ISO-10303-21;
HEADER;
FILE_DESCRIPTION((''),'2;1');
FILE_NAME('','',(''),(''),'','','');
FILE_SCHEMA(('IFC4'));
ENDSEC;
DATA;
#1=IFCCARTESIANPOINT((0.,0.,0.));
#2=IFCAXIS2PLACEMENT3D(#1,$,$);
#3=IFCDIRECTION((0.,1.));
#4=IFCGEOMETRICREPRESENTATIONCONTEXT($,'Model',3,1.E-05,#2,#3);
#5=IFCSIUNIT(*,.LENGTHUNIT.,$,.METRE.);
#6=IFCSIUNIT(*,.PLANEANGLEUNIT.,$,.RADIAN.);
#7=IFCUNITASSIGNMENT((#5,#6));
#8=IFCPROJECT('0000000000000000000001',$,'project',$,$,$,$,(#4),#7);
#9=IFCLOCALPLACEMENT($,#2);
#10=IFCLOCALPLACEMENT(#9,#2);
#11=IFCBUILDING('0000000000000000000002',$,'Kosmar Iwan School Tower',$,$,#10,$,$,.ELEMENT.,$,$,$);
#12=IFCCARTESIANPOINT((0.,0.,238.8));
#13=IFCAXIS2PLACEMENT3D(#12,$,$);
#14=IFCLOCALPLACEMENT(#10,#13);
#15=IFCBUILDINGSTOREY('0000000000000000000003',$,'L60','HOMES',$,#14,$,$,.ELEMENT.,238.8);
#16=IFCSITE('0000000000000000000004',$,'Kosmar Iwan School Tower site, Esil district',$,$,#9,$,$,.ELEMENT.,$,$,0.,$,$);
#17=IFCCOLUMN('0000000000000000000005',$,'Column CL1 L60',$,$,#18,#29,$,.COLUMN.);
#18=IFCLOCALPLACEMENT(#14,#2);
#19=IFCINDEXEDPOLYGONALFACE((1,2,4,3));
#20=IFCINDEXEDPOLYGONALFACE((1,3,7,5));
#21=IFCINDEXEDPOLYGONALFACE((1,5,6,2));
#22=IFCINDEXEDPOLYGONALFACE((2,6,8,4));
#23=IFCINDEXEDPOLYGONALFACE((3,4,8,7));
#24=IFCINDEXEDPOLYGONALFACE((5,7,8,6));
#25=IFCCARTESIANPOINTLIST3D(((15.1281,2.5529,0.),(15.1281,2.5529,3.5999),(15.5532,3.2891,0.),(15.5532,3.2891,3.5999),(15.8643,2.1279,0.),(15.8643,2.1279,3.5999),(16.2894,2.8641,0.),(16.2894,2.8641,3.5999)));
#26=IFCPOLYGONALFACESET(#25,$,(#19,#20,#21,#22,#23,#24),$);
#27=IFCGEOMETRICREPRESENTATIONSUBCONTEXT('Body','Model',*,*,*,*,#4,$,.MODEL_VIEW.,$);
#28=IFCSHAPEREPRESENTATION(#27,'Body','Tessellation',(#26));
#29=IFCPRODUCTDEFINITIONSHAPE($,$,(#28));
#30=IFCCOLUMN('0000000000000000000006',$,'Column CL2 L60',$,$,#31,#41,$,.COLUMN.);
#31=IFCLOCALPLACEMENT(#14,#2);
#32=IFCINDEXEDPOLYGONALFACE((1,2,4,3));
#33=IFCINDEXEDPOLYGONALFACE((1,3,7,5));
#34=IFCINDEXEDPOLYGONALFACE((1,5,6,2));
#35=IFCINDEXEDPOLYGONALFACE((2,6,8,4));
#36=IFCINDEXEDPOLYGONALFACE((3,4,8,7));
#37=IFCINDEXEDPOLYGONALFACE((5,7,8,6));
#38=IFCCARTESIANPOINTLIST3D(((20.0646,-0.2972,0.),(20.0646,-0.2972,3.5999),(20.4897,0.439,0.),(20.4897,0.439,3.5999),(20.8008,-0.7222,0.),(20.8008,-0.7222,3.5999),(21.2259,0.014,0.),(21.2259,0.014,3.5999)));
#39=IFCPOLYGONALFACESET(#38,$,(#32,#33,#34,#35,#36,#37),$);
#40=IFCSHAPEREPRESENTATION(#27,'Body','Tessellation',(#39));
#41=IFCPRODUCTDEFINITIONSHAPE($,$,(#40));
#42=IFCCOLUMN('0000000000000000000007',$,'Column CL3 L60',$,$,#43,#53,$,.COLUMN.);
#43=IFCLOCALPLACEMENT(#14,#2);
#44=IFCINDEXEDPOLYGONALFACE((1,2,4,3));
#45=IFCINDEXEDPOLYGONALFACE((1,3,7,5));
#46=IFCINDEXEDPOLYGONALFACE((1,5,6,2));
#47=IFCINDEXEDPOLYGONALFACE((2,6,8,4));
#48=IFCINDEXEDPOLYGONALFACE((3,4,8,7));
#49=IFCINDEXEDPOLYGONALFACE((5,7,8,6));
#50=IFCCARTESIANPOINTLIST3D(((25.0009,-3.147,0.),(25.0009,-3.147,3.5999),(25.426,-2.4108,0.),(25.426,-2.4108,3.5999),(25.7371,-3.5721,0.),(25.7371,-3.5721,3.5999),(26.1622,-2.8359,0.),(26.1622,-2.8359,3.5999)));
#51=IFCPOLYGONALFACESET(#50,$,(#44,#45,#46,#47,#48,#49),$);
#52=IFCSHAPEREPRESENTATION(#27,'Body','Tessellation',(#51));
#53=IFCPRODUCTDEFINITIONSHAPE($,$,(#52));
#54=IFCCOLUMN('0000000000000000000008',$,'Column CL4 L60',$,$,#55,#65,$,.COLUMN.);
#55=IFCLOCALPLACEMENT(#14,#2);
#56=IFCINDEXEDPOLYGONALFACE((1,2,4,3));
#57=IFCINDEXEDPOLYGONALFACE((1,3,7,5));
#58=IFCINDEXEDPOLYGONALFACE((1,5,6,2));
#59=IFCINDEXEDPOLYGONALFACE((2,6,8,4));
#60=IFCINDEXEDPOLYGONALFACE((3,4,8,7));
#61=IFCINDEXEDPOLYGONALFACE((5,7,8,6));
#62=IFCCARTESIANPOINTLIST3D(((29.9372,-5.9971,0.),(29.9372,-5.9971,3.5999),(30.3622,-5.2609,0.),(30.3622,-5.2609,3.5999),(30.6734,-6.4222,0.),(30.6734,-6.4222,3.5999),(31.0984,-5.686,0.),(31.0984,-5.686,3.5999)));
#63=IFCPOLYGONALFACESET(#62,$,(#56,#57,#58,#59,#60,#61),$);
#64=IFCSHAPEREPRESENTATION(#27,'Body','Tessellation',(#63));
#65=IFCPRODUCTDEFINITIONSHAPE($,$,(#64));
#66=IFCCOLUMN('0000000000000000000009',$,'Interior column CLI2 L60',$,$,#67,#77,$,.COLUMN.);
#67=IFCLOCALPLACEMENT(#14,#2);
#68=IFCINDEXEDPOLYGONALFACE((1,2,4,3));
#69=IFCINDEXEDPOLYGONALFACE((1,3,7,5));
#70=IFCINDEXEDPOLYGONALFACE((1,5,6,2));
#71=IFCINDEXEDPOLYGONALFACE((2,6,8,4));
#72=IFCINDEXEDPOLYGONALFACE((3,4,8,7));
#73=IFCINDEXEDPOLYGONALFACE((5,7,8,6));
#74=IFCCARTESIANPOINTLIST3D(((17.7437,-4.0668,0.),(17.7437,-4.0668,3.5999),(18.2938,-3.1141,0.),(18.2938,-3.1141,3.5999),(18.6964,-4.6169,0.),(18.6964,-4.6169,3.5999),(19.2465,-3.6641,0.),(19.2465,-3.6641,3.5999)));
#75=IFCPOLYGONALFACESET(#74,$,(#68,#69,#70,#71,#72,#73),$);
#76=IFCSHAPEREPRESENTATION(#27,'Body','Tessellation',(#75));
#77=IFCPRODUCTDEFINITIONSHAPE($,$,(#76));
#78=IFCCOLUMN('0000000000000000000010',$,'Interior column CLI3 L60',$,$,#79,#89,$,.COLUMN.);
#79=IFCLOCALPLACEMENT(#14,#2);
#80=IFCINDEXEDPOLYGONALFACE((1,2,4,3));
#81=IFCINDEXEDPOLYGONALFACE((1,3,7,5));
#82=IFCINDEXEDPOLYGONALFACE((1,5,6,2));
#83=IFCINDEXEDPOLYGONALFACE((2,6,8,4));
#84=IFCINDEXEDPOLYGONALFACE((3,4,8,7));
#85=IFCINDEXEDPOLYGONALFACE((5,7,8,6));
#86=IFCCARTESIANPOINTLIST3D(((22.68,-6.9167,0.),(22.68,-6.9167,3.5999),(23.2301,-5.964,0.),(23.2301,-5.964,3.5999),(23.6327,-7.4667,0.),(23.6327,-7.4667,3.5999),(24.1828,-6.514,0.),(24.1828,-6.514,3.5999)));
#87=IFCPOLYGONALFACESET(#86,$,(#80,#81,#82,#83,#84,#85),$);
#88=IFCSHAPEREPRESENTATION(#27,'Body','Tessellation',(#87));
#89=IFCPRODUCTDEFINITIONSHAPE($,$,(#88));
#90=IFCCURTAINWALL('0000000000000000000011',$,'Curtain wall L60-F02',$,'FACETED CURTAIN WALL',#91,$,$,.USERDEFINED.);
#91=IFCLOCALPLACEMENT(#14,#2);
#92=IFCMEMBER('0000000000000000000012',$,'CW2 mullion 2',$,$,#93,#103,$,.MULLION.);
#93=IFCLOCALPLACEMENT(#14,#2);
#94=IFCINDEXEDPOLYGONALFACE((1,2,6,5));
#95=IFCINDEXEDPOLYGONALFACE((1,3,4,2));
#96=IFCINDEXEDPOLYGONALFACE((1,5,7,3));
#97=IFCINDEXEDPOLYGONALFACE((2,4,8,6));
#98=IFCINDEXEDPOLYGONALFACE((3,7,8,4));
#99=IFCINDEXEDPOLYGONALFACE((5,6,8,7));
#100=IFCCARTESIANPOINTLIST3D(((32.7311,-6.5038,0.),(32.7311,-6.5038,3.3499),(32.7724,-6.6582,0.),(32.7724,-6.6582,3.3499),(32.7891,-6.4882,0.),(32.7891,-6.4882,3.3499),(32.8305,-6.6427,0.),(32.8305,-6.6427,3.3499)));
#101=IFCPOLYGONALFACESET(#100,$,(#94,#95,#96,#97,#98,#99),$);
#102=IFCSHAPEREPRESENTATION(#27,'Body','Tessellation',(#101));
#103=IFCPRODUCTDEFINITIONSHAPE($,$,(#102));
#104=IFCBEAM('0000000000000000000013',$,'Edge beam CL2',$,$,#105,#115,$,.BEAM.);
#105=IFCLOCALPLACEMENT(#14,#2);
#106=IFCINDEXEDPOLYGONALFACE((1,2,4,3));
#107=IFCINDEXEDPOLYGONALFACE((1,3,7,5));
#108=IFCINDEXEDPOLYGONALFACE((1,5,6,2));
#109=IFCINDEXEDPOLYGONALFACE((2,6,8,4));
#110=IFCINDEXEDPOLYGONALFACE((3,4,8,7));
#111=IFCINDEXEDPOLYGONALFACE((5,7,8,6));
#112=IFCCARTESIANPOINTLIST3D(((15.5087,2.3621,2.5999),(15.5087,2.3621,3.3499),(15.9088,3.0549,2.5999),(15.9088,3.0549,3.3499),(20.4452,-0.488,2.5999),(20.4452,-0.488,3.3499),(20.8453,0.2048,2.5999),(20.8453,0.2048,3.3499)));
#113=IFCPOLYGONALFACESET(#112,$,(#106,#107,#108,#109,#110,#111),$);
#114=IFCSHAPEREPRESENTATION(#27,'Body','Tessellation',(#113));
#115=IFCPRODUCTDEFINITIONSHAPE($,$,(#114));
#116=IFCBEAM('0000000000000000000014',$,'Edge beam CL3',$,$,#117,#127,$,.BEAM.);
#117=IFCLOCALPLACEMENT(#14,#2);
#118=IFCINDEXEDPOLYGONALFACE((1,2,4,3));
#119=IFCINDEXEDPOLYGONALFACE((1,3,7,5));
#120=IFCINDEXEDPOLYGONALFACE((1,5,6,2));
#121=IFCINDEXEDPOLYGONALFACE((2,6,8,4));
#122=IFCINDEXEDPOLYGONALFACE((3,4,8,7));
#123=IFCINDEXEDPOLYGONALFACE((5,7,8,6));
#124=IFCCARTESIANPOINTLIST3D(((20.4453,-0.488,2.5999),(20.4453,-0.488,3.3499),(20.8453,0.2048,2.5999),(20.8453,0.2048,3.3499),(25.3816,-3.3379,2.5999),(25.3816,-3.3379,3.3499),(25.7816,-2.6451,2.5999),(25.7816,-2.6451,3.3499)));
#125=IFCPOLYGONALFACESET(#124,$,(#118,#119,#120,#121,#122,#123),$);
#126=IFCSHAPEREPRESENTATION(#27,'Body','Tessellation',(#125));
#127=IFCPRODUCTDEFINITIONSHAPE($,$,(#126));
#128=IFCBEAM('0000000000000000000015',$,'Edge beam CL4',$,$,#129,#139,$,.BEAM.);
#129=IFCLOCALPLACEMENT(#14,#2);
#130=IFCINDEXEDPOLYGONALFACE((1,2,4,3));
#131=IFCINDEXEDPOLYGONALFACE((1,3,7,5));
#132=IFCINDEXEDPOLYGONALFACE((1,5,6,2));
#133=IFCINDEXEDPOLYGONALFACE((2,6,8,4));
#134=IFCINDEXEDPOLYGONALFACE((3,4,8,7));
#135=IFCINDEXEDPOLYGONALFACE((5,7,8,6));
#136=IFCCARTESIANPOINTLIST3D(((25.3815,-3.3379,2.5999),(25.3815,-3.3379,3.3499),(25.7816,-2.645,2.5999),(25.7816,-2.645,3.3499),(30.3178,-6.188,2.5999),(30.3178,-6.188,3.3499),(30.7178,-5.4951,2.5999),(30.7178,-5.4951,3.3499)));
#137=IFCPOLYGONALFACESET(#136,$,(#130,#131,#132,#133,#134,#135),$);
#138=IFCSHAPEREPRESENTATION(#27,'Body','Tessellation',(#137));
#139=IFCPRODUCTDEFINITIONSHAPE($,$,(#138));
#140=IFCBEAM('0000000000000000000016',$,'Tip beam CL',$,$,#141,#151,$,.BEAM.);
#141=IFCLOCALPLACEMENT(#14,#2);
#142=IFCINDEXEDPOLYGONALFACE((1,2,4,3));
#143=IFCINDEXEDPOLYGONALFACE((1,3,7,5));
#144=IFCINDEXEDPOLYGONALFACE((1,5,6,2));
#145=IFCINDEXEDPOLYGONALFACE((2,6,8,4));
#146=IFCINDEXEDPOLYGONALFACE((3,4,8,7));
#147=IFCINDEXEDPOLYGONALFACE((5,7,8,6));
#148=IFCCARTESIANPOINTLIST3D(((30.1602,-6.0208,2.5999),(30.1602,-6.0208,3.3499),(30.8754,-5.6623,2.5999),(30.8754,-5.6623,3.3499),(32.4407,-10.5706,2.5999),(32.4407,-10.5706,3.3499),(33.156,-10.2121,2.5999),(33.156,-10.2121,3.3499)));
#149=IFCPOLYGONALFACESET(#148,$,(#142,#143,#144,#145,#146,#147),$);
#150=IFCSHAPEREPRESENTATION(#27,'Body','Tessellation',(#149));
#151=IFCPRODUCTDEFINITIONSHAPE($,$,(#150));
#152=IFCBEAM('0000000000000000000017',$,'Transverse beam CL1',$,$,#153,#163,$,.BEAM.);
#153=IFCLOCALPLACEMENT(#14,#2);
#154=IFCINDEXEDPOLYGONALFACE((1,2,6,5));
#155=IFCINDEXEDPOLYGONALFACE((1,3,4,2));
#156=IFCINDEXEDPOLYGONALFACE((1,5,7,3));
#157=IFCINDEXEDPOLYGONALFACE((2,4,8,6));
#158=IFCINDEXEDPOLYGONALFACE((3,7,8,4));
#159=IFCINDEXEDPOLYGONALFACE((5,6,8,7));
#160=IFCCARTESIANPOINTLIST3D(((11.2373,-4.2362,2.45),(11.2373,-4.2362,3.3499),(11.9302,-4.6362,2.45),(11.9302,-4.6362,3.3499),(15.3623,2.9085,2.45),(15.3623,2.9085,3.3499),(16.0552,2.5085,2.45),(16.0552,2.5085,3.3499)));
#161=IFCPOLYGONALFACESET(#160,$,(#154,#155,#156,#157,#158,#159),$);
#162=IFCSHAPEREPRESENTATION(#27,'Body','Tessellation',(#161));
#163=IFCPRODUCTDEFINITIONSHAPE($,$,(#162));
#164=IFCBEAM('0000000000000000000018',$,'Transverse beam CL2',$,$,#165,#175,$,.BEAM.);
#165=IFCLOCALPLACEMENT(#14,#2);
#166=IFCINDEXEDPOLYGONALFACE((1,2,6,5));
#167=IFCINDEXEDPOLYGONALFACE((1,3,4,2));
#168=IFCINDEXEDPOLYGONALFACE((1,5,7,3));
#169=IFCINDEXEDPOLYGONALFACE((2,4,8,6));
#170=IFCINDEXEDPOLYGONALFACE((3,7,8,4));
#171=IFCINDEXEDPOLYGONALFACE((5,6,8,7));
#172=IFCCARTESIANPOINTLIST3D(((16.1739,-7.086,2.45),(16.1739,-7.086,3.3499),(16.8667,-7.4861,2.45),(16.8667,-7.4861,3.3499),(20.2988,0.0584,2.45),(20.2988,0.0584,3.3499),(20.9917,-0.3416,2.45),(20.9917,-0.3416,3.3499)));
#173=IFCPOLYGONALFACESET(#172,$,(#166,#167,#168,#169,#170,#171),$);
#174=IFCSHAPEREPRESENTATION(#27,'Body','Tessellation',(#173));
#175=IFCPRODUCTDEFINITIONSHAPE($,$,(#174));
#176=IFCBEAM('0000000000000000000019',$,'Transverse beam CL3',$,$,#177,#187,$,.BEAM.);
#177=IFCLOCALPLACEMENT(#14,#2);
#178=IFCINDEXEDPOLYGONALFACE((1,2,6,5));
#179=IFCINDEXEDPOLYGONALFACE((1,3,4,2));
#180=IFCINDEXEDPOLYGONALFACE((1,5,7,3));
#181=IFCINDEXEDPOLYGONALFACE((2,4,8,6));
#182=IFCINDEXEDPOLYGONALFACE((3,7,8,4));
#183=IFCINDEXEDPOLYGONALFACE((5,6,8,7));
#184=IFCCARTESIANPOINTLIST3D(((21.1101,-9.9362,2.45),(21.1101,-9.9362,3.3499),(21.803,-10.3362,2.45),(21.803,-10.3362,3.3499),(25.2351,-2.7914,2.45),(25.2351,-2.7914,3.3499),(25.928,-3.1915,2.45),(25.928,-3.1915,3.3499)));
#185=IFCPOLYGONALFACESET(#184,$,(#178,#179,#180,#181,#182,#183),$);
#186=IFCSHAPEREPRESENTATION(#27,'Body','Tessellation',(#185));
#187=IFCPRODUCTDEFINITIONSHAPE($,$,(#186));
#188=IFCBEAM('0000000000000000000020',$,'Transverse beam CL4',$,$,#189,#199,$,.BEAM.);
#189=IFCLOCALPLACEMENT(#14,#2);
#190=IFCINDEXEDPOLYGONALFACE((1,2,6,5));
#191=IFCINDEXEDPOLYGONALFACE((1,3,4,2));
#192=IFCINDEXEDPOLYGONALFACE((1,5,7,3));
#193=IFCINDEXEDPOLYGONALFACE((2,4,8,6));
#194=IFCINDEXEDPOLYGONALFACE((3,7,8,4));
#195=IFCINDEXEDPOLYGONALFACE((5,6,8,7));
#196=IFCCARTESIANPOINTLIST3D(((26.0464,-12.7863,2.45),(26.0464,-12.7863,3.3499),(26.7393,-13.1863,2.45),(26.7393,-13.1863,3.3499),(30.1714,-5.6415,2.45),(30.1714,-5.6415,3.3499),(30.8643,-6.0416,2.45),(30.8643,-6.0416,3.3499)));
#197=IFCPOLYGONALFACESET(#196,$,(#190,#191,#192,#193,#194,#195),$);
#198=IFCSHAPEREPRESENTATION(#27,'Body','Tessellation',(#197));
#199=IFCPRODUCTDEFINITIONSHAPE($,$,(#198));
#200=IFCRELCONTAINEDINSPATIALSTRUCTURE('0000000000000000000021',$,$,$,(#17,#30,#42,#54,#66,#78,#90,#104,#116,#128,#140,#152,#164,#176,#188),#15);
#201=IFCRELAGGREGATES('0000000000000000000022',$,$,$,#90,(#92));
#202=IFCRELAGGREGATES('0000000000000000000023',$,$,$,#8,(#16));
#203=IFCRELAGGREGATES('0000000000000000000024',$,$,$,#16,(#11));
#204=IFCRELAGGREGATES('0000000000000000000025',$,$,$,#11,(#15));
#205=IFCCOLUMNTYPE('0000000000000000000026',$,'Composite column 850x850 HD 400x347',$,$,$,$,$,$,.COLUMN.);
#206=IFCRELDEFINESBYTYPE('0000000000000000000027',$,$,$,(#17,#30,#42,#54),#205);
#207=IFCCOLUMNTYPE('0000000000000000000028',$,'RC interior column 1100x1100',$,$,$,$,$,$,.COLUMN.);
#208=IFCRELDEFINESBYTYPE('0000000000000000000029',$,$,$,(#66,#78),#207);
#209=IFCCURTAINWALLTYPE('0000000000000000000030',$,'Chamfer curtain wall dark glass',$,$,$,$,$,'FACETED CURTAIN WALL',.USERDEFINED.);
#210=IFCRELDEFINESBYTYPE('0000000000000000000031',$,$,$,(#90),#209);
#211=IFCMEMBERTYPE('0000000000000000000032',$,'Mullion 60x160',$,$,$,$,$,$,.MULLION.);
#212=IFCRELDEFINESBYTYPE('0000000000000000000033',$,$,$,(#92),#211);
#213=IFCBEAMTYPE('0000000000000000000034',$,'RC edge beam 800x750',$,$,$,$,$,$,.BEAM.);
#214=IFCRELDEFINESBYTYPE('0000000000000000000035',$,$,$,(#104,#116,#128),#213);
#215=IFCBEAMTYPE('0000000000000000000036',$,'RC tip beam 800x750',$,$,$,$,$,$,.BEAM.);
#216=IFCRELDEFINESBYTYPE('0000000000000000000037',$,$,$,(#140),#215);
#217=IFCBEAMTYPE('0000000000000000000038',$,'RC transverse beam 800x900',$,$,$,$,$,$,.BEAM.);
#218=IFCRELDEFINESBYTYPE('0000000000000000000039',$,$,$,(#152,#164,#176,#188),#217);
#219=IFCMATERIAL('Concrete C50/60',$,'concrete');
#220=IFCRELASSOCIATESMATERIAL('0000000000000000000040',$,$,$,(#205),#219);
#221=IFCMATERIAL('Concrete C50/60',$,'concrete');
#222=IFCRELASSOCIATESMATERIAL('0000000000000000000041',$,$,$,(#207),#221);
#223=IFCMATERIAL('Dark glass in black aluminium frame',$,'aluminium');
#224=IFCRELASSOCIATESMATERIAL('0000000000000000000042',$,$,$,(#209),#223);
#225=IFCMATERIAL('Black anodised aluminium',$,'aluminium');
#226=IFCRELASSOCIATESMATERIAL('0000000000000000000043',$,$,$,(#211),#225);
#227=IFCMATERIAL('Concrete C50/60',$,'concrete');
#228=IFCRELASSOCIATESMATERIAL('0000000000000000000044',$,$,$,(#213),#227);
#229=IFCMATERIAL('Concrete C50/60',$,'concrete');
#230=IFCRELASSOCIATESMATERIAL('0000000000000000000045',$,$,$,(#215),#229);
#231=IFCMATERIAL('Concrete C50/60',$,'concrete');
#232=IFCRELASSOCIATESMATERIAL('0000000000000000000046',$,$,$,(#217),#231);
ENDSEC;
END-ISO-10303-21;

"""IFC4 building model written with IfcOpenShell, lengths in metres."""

from ifc_helpers import new_model, si_unit, direction, frame, origin, origin_2d, place, context, subcontext, project, spatial, rectangle, extrude, material, material_profile, profile_set, type_object, element, aggregate, save


model = new_model("IFC4")

# Units and contexts
model_context = context("Model", 3, precision=1e-05, world=origin(), true_north=direction((0.0, 1.0)))
body_context = subcontext(model_context, "Body", "Model", "MODEL_VIEW")
ifc_project = project(units=[si_unit("LENGTHUNIT", "METRE"), si_unit("PLANEANGLEUNIT", "RADIAN")], contexts=[model_context])

# Site, building, storey
site_placement = place(None, origin())
site = spatial("IfcSite", under=ifc_project, at=site_placement, Name="Kosmar Iwan School Tower site, Esil district", CompositionType="ELEMENT", RefElevation=0.0)
building_placement = place(site_placement, origin())
building = spatial("IfcBuilding", under=site, at=building_placement, Name="Kosmar Iwan School Tower", CompositionType="ELEMENT")
storey_placement = place(building_placement, frame((0.0, 0.0, 238.8)))
storey = spatial("IfcBuildingStorey", under=building, at=storey_placement, Name="L60", Description="HOMES", CompositionType="ELEMENT", Elevation=238.8)

# Columns
ifc_material_1 = material(Name="Concrete C50/60", Category="concrete")
ifc_material_profile_1 = material_profile(ifc_material_1, rectangle(XDim=0.8501, YDim=0.8501, at=origin_2d()), Name="RC 850x850 + HD 400x347")
ifc_profile_set_1 = profile_set([ifc_material_profile_1], Name="Concrete C50/60")
column_type_1 = type_object("IfcColumnType", Name="Composite column 850x850 HD 400x347", PredefinedType="COLUMN", material=ifc_profile_set_1)
for number, where, z_axis, x_axis, name in (
    (1, (15.7087, 2.7085, 0.0), (0.0, 0.0, 1.0), (0.866025, -0.5, 0.0), "Column CL1 L60"),
    (2, (20.6453, -0.1416, 0.0), (0.0, 0.0, 1.0), (0.866025, -0.5, 0.0), "Column CL2 L60"),
    (3, (25.5815, -2.9915, 0.0), (0.0, 0.0, 1.0), (0.866025, -0.5, 0.0), "Column CL3 L60"),
    (4, (30.5178, -5.8416, 0.0), (0.0, 0.0, 1.0), (0.866025, -0.5, 0.0), "Column CL4 L60"),
):
    element("IfcColumn", number, at=place(storey_placement, frame(where, z_axis=z_axis, x_axis=x_axis)), inside=storey, type_object=column_type_1, Name=name, PredefinedType="COLUMN", context=body_context, shape_type="SweptSolid", body=[
        extrude(rectangle(XDim=0.8501, YDim=0.8501, at=origin_2d()), origin(), (0.0, 0.0, 1.0), 3.5999),
    ])
ifc_material_2 = material(Name="Concrete C50/60", Category="concrete")
ifc_material_profile_2 = material_profile(ifc_material_2, rectangle(XDim=1.1001, YDim=1.1001, at=origin_2d()), Name="RC 1100x1100")
ifc_profile_set_2 = profile_set([ifc_material_profile_2], Name="Concrete C50/60")
column_type_2 = type_object("IfcColumnType", Name="RC interior column 1100x1100", PredefinedType="COLUMN", material=ifc_profile_set_2)
for number, where, z_axis, x_axis, name in (
    (5, (18.4951, -3.8655, 0.0), (0.0, 0.0, 1.0), (0.866025, -0.5, 0.0), "Interior column CLI2 L60"),
    (6, (23.4314, -6.7153, 0.0), (0.0, 0.0, 1.0), (0.866025, -0.5, 0.0), "Interior column CLI3 L60"),
):
    element("IfcColumn", number, at=place(storey_placement, frame(where, z_axis=z_axis, x_axis=x_axis)), inside=storey, type_object=column_type_2, Name=name, PredefinedType="COLUMN", context=body_context, shape_type="SweptSolid", body=[
        extrude(rectangle(XDim=1.1001, YDim=1.1001, at=origin_2d()), origin(), (0.0, 0.0, 1.0), 3.5999),
    ])

# Curtain wall, member
ifc_material_3 = material(Name="Dark glass in black aluminium frame", Category="aluminium")
curtain_wall_type = type_object("IfcCurtainWallType", Name="Chamfer curtain wall dark glass", ElementType="FACETED CURTAIN WALL", PredefinedType="USERDEFINED", material=ifc_material_3)
curtain_wall_placement = place(storey_placement, origin())
curtain_wall = element("IfcCurtainWall", 7, at=curtain_wall_placement, inside=storey, type_object=curtain_wall_type, Name="Curtain wall L60-F02", ObjectType="FACETED CURTAIN WALL", PredefinedType="USERDEFINED")
ifc_material_4 = material(Name="Black anodised aluminium", Category="aluminium")
ifc_material_profile_3 = material_profile(ifc_material_4, rectangle(XDim=0.0601, YDim=0.1599, at=origin_2d()), Name="MULLION 60x160")
ifc_profile_set_3 = profile_set([ifc_material_profile_3], Name="Black anodised aluminium")
member_type = type_object("IfcMemberType", Name="Mullion 60x160", PredefinedType="MULLION", material=ifc_profile_set_3)
member_placement = place(storey_placement, frame((32.7808, -6.5732, 0.0), z_axis=(0.0, 0.0, 1.0), x_axis=(-0.965926, -0.258819, 0.0)))
member = element("IfcMember", 8, at=member_placement, type_object=member_type, Name="CW2 mullion 2", PredefinedType="MULLION", context=body_context, shape_type="SweptSolid", body=[
    extrude(rectangle(XDim=0.0601, YDim=0.1599, at=origin_2d()), origin(), (0.0, 0.0, 1.0), 3.3499),
])

# Beams
ifc_material_5 = material(Name="Concrete C50/60", Category="concrete")
ifc_material_profile_4 = material_profile(ifc_material_5, rectangle(XDim=0.8, YDim=0.75, at=origin_2d()), Name="RC 800x750")
ifc_profile_set_4 = profile_set([ifc_material_profile_4], Name="Concrete C50/60")
beam_type_1 = type_object("IfcBeamType", Name="RC edge beam 800x750", PredefinedType="BEAM", material=ifc_profile_set_4)
beam_1_placement = place(storey_placement, frame((15.7087, 2.7085, 2.9749), z_axis=(0.866026, -0.499999, 0.0), x_axis=(0.499999, 0.866026, 0.0)))
element("IfcBeam", 9, at=beam_1_placement, inside=storey, type_object=beam_type_1, Name="Edge beam CL2", PredefinedType="BEAM", context=body_context, shape_type="SweptSolid", body=[
    extrude(rectangle(XDim=0.8, YDim=0.75, at=origin_2d()), origin(), (0.0, 0.0, 1.0), 5.7002),
])
for number, where, z_axis, x_axis, name in (
    (10, (20.6453, -0.1416, 2.9749), (0.866034, -0.499986, 0.0), (0.499986, 0.866034, 0.0), "Edge beam CL3"),
    (11, (25.5815, -2.9915, 2.9749), (0.866015, -0.500018, 0.0), (0.500018, 0.866015, 0.0), "Edge beam CL4"),
):
    element("IfcBeam", number, at=place(storey_placement, frame(where, z_axis=z_axis, x_axis=x_axis)), inside=storey, type_object=beam_type_1, Name=name, PredefinedType="BEAM", context=body_context, shape_type="SweptSolid", body=[
        extrude(rectangle(XDim=0.8, YDim=0.75, at=origin_2d()), origin(), (0.0, 0.0, 1.0), 5.7),
    ])
ifc_material_6 = material(Name="Concrete C50/60", Category="concrete")
ifc_material_profile_5 = material_profile(ifc_material_6, rectangle(XDim=0.8, YDim=0.75, at=origin_2d()), Name="RC 800x750")
ifc_profile_set_5 = profile_set([ifc_material_profile_5], Name="Concrete C50/60")
beam_type_2 = type_object("IfcBeamType", Name="RC tip beam 800x750", PredefinedType="BEAM", material=ifc_profile_set_5)
beam_2_placement = place(storey_placement, frame((30.5178, -5.8416, 2.9749), z_axis=(0.448096, -0.893985, 0.0), x_axis=(0.893985, 0.448096, 0.0)))
element("IfcBeam", 12, at=beam_2_placement, inside=storey, type_object=beam_type_2, Name="Tip beam CL", PredefinedType="BEAM", context=body_context, shape_type="SweptSolid", body=[
    extrude(rectangle(XDim=0.8, YDim=0.75, at=origin_2d()), origin(), (0.0, 0.0, 1.0), 5.0894),
])
ifc_material_7 = material(Name="Concrete C50/60", Category="concrete")
ifc_material_profile_6 = material_profile(ifc_material_7, rectangle(XDim=0.8, YDim=0.8999, at=origin_2d()), Name="RC 800x900")
ifc_profile_set_6 = profile_set([ifc_material_profile_6], Name="Concrete C50/60")
beam_type_3 = type_object("IfcBeamType", Name="RC transverse beam 800x900", PredefinedType="BEAM", material=ifc_profile_set_6)
beam_3_placement = place(storey_placement, frame((15.7087, 2.7085, 2.8999), z_axis=(-0.499997, -0.866027, 0.0), x_axis=(0.866027, -0.499997, 0.0)))
element("IfcBeam", 13, at=beam_3_placement, inside=storey, type_object=beam_type_3, Name="Transverse beam CL1", PredefinedType="BEAM", context=body_context, shape_type="SweptSolid", body=[
    extrude(rectangle(XDim=0.8, YDim=0.8999, at=origin_2d()), origin(), (0.0, 0.0, 1.0), 8.25),
])
beam_4_placement = place(storey_placement, frame((20.6453, -0.1416, 2.8999), z_axis=(-0.500009, -0.86602, 0.0), x_axis=(0.86602, -0.500009, 0.0)))
element("IfcBeam", 14, at=beam_4_placement, inside=storey, type_object=beam_type_3, Name="Transverse beam CL2", PredefinedType="BEAM", context=body_context, shape_type="SweptSolid", body=[
    extrude(rectangle(XDim=0.8, YDim=0.8999, at=origin_2d()), origin(), (0.0, 0.0, 1.0), 8.2498),
])
for number, where, z_axis, x_axis, name in (
    (15, (25.5815, -2.9915, 2.8999), (-0.499997, -0.866027, 0.0), (0.866027, -0.499997, 0.0), "Transverse beam CL3"),
    (16, (30.5178, -5.8416, 2.8999), (-0.499997, -0.866027, 0.0), (0.866027, -0.499997, 0.0), "Transverse beam CL4"),
):
    element("IfcBeam", number, at=place(storey_placement, frame(where, z_axis=z_axis, x_axis=x_axis)), inside=storey, type_object=beam_type_3, Name=name, PredefinedType="BEAM", context=body_context, shape_type="SweptSolid", body=[
        extrude(rectangle(XDim=0.8, YDim=0.8999, at=origin_2d()), origin(), (0.0, 0.0, 1.0), 8.25),
    ])

aggregate(curtain_wall, [member])

save(model, "model.ifc")
